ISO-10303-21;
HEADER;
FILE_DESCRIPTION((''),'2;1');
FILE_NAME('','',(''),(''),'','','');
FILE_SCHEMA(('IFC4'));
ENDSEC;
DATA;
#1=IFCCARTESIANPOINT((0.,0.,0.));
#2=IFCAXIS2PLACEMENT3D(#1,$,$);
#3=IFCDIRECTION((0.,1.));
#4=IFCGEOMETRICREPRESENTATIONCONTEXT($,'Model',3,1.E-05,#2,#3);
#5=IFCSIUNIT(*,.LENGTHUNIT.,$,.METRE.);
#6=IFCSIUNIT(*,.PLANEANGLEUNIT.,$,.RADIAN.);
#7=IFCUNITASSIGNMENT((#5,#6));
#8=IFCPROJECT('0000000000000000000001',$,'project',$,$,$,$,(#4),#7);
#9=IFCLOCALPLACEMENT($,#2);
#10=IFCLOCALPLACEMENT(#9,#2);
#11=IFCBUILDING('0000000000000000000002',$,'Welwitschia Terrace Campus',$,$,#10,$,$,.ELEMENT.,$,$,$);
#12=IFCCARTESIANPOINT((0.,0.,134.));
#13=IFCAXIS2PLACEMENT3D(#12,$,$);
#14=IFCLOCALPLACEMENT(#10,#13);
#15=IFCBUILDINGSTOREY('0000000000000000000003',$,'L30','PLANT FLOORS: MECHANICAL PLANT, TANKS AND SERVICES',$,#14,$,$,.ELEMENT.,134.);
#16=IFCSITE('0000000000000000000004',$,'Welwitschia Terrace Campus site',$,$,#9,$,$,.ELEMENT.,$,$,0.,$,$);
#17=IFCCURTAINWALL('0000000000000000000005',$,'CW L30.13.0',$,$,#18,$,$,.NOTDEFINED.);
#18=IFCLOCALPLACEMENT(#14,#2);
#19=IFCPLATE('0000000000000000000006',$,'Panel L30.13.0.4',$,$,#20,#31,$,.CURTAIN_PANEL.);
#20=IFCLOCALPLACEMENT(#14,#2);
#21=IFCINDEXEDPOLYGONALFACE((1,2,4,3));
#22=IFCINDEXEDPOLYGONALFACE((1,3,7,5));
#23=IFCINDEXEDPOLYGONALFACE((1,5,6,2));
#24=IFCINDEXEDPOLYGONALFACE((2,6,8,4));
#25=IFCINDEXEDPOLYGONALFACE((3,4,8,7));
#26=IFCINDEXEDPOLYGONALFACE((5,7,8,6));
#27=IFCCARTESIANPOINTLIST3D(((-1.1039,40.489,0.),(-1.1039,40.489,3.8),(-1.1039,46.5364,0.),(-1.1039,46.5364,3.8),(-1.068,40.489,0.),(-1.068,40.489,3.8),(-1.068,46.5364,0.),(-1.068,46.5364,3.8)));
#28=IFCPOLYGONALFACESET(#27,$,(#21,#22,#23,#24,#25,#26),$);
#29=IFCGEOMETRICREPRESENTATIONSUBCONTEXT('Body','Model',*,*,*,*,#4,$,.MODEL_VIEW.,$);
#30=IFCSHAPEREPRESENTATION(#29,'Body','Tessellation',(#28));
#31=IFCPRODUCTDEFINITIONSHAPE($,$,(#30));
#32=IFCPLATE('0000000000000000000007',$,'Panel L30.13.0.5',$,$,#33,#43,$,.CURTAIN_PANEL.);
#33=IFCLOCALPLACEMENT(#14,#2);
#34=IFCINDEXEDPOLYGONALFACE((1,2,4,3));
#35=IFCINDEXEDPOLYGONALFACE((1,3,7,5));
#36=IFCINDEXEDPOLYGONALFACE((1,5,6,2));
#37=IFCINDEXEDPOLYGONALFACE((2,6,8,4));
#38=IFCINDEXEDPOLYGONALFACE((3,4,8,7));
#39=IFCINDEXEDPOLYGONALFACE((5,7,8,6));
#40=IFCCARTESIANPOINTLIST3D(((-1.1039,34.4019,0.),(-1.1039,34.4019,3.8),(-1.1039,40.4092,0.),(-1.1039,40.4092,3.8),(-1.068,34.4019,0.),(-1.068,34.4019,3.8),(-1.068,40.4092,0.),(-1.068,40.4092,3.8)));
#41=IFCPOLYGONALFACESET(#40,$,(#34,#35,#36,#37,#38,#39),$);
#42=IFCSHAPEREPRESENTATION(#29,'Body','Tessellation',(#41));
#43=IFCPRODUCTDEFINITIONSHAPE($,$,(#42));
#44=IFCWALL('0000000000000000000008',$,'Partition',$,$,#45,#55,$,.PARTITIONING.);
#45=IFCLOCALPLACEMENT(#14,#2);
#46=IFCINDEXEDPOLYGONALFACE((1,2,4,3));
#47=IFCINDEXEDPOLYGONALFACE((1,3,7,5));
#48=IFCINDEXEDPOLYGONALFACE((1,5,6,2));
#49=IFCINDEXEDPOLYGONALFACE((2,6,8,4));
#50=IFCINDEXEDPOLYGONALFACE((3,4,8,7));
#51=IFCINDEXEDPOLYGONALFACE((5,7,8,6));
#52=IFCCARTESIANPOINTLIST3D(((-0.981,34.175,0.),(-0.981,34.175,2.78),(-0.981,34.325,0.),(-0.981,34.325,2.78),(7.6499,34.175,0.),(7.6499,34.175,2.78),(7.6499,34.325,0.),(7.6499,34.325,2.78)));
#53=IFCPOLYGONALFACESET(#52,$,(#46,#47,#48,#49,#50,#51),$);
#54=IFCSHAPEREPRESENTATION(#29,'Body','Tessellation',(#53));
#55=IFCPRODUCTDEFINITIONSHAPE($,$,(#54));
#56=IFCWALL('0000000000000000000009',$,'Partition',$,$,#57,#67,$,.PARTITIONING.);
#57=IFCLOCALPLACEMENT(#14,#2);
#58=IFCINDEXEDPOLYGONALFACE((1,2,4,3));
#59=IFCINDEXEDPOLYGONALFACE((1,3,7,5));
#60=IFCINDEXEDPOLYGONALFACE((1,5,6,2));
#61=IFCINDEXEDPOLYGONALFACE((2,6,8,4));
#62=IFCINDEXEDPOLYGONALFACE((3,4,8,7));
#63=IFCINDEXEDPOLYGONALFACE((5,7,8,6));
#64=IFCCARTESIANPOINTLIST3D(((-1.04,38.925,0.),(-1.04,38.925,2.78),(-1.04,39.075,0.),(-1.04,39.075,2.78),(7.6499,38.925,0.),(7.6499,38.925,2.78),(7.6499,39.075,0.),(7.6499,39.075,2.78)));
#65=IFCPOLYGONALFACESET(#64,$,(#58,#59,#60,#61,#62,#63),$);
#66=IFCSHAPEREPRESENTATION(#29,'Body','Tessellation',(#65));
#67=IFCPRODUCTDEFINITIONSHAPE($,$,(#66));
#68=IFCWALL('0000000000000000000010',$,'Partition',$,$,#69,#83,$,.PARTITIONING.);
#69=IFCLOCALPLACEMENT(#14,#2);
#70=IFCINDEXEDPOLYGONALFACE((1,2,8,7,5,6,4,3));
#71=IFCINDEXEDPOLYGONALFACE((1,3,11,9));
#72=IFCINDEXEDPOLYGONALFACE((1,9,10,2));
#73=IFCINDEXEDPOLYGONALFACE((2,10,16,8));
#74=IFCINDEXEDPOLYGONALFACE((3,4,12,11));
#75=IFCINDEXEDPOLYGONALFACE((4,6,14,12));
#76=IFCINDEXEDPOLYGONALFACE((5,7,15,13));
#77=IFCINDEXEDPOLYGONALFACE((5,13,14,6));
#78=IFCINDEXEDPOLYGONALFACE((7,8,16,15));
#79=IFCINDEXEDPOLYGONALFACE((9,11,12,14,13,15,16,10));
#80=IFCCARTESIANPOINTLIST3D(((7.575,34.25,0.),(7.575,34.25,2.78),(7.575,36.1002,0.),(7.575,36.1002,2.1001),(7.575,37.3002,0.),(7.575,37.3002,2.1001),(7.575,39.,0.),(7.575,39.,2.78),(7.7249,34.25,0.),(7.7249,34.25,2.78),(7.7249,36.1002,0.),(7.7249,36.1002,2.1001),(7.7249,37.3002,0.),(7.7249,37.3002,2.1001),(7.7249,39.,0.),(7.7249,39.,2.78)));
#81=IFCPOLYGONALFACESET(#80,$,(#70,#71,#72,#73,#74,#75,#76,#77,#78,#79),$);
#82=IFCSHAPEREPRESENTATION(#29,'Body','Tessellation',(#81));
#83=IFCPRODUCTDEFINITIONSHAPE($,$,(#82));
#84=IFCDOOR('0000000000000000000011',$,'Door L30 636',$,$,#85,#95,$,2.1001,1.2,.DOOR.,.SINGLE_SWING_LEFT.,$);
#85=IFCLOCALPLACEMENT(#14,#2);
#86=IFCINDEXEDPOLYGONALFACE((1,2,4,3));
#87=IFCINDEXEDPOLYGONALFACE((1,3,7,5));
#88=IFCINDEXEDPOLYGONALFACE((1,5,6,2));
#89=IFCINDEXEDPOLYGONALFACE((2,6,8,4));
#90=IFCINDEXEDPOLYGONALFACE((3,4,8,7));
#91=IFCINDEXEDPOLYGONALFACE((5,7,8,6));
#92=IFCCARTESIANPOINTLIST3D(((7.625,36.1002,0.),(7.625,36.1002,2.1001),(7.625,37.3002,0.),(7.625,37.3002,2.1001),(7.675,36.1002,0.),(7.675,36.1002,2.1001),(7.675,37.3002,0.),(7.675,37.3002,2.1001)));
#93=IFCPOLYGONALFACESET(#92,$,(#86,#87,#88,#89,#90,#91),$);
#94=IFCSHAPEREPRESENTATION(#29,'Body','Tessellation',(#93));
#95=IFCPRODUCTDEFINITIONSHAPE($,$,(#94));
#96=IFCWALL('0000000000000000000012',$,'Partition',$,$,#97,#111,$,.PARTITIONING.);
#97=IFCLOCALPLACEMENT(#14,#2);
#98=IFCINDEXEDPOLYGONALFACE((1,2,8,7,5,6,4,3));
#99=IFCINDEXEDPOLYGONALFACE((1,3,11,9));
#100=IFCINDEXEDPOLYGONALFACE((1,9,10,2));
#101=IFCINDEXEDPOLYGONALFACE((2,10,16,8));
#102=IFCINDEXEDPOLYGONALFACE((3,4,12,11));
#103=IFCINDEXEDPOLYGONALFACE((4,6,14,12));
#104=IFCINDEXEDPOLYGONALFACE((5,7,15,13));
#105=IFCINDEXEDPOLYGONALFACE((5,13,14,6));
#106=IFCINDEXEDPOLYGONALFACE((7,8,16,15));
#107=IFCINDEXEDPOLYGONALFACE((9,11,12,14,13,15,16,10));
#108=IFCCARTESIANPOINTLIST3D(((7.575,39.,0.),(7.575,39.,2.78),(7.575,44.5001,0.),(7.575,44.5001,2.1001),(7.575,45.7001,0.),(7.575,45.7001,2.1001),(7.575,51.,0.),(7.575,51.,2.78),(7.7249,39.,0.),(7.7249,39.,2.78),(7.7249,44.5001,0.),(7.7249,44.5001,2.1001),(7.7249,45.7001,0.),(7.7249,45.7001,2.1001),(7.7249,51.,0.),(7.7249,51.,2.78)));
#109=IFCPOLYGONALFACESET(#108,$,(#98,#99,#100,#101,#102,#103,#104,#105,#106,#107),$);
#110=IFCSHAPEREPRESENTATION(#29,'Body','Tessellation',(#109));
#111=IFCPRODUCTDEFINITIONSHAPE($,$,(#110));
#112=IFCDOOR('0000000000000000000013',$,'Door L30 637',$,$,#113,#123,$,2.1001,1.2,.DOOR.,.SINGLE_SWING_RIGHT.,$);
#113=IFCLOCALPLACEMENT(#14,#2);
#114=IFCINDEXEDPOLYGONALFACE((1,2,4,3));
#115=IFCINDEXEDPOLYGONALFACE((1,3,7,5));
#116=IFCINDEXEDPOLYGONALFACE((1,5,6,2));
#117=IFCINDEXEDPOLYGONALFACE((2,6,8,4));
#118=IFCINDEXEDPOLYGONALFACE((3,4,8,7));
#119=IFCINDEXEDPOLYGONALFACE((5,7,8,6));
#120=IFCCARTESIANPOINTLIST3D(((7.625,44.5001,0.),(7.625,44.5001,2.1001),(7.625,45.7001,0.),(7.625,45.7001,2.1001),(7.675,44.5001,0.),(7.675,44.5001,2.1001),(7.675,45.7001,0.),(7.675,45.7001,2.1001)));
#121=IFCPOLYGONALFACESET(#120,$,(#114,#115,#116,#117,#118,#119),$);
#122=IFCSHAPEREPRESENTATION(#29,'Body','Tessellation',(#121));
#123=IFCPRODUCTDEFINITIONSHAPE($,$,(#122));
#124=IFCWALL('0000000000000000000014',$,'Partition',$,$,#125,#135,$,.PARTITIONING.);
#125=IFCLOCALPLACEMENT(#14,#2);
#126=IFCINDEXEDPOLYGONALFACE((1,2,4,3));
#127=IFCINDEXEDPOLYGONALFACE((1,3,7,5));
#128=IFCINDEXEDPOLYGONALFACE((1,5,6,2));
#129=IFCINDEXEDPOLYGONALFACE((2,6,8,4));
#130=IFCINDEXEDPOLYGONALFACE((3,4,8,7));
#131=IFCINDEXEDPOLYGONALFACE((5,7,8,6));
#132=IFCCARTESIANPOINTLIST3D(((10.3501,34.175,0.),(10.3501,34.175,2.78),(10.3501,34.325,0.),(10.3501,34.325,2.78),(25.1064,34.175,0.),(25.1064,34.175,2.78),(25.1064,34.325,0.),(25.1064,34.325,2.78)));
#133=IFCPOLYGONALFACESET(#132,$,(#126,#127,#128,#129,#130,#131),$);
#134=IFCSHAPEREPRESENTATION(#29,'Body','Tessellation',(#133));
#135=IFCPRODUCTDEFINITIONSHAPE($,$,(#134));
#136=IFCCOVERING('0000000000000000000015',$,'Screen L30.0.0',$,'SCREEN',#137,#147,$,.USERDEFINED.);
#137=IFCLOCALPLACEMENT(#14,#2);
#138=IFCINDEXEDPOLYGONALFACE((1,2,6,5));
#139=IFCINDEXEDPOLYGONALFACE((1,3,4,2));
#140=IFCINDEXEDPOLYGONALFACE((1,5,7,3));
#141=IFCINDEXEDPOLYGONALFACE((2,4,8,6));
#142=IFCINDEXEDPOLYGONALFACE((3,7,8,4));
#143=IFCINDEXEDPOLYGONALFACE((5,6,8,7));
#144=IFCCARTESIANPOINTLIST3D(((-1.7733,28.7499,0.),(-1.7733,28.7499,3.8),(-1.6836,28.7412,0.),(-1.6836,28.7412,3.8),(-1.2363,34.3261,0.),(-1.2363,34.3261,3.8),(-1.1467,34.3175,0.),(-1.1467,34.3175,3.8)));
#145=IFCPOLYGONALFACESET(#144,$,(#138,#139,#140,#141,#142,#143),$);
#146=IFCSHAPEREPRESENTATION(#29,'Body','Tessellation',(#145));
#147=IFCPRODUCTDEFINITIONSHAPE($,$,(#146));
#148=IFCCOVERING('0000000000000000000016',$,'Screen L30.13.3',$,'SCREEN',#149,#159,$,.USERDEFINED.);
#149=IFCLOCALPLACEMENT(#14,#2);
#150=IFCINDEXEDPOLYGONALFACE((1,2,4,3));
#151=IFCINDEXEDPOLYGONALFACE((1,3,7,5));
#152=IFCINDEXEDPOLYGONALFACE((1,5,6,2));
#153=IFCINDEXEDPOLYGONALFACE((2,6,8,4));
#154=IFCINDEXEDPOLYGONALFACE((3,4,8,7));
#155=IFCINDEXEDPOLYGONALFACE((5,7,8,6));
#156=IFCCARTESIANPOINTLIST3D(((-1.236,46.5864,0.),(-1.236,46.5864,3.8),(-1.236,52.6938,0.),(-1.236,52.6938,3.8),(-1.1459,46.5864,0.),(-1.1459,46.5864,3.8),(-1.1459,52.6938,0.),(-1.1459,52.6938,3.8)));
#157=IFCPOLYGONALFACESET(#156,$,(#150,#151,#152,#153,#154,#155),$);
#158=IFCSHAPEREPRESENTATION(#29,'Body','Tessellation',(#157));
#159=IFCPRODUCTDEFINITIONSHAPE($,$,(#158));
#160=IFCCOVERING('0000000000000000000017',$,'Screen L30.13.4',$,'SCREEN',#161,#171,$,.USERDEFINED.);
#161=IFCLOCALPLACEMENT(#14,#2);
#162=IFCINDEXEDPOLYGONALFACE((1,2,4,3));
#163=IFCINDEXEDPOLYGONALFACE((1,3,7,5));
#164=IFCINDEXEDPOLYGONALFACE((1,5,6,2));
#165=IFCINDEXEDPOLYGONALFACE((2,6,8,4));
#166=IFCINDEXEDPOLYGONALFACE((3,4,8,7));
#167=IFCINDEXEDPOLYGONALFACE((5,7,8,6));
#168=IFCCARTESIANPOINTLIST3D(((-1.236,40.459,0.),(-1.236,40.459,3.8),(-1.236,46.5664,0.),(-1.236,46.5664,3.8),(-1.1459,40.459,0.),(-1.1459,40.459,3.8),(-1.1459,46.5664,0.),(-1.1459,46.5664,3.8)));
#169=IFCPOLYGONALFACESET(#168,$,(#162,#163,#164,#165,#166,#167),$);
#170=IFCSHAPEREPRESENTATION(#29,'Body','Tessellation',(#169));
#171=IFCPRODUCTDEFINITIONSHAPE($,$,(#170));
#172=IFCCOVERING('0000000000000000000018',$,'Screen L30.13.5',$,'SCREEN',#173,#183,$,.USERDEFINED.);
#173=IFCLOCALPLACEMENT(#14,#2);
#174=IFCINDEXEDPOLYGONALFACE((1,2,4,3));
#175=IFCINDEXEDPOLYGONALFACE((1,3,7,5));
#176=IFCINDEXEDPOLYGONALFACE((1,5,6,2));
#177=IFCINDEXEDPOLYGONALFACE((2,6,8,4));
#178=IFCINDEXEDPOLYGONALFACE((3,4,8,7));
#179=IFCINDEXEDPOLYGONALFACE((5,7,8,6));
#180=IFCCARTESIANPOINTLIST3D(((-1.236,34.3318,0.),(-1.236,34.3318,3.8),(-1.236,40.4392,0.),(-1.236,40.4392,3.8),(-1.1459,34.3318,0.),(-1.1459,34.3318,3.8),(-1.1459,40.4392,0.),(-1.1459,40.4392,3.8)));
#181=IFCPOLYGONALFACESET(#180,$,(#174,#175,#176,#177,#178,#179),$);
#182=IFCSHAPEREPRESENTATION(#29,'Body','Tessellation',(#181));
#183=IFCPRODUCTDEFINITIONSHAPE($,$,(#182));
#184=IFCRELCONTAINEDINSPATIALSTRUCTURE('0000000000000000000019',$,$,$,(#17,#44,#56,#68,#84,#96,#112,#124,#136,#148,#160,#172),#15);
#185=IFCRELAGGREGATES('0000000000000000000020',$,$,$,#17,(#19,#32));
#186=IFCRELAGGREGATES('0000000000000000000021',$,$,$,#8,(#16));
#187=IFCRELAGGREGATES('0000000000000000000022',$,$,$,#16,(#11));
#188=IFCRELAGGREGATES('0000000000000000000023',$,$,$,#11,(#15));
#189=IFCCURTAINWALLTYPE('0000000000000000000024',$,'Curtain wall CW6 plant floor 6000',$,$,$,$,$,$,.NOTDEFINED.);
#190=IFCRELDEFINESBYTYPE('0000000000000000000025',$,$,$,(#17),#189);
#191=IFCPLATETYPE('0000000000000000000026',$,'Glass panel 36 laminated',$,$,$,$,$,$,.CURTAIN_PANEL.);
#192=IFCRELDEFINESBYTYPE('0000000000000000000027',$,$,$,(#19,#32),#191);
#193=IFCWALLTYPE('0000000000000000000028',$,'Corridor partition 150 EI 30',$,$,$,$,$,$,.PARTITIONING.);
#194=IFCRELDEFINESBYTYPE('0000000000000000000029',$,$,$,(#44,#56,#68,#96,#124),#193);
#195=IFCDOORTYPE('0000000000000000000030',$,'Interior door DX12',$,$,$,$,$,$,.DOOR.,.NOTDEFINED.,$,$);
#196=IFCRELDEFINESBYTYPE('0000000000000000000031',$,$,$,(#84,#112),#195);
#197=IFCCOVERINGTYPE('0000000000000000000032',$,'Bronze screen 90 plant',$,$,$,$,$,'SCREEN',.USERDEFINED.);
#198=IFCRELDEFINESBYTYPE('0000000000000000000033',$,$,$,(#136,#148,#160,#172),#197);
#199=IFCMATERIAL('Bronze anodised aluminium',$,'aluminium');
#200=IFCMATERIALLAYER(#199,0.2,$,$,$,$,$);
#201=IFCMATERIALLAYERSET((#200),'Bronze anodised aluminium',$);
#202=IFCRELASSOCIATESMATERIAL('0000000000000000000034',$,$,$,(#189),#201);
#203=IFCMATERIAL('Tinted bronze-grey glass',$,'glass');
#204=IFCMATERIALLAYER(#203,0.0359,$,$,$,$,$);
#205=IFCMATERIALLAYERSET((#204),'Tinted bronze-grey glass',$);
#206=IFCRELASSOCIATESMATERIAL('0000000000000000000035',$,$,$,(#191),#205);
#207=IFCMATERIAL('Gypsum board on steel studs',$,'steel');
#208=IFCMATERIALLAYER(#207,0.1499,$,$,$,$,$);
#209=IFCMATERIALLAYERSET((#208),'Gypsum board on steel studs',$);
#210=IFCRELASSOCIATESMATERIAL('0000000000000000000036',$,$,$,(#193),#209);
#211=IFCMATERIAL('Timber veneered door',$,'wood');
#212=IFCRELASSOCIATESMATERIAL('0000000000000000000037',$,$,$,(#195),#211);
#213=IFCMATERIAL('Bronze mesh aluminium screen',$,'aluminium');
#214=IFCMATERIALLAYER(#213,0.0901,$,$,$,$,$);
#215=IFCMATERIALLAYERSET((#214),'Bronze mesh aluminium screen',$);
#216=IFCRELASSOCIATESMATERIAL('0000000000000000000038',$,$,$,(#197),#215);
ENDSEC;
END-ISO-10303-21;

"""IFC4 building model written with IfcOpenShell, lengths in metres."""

from ifc_helpers import new_model, si_unit, direction, frame, frame_2d, origin, origin_2d, place, context, subcontext, project, spatial, rectangle, extrude, material, layer, layer_set, type_object, element, fill, aggregate, save


model = new_model("IFC4")

# Units and contexts
model_context = context("Model", 3, precision=1e-05, world=origin(), true_north=direction((0.0, 1.0)))
body_context = subcontext(model_context, "Body", "Model", "MODEL_VIEW")
ifc_project = project(units=[si_unit("LENGTHUNIT", "METRE"), si_unit("PLANEANGLEUNIT", "RADIAN")], contexts=[model_context])

# Site, building, storey
site_placement = place(None, origin())
site = spatial("IfcSite", under=ifc_project, at=site_placement, Name="Welwitschia Terrace Campus site", CompositionType="ELEMENT", RefElevation=0.0)
building_placement = place(site_placement, origin())
building = spatial("IfcBuilding", under=site, at=building_placement, Name="Welwitschia Terrace Campus", CompositionType="ELEMENT")
storey_placement = place(building_placement, frame((0.0, 0.0, 134.0)))
storey = spatial("IfcBuildingStorey", under=building, at=storey_placement, Name="L30", Description="PLANT FLOORS: MECHANICAL PLANT, TANKS AND SERVICES", CompositionType="ELEMENT", Elevation=134.0)

# Shared definitions
ifc_material_1 = material(Name="Bronze anodised aluminium", Category="aluminium")
ifc_layer_1 = layer(ifc_material_1, 0.2)
ifc_layer_set_1 = layer_set([ifc_layer_1], Name="Bronze anodised aluminium")
curtain_wall_type = type_object("IfcCurtainWallType", Name="Curtain wall CW6 plant floor 6000", PredefinedType="NOTDEFINED", material=ifc_layer_set_1)

# Curtain wall
curtain_wall_1_placement = place(storey_placement, origin())
curtain_wall_1 = element("IfcCurtainWall", 1, at=curtain_wall_1_placement, inside=storey, type_object=curtain_wall_type, Name="CW L30.13.0", PredefinedType="NOTDEFINED")

# Plates
ifc_material_2 = material(Name="Tinted bronze-grey glass", Category="glass")
ifc_layer_2 = layer(ifc_material_2, 0.0359)
ifc_layer_set_2 = layer_set([ifc_layer_2], Name="Tinted bronze-grey glass")
plate_type = type_object("IfcPlateType", Name="Glass panel 36 laminated", PredefinedType="CURTAIN_PANEL", material=ifc_layer_set_2)
plate_1_placement = place(storey_placement, frame((-1.0859, 43.5127, 0.0), z_axis=(0.0, 0.0, 1.0), x_axis=(0.0, -1.0, 0.0)))
plate_1 = element("IfcPlate", 2, at=plate_1_placement, type_object=plate_type, Name="Panel L30.13.0.4", PredefinedType="CURTAIN_PANEL", context=body_context, shape_type="SweptSolid", body=[
    extrude(rectangle(XDim=6.0474, YDim=0.0359, at=origin_2d()), origin(), (0.0, 0.0, 1.0), 3.8),
])
plate_2_placement = place(storey_placement, frame((-1.0859, 37.4055, 0.0), z_axis=(0.0, 0.0, 1.0), x_axis=(0.0, -1.0, 0.0)))
plate_2 = element("IfcPlate", 3, at=plate_2_placement, type_object=plate_type, Name="Panel L30.13.0.5", PredefinedType="CURTAIN_PANEL", context=body_context, shape_type="SweptSolid", body=[
    extrude(rectangle(XDim=6.0073, YDim=0.0359, at=origin_2d()), origin(), (0.0, 0.0, 1.0), 3.8),
])
aggregate(curtain_wall_1, [plate_1, plate_2])

# Walls
ifc_material_3 = material(Name="Gypsum board on steel studs", Category="steel")
ifc_layer_3 = layer(ifc_material_3, 0.1499)
ifc_layer_set_3 = layer_set([ifc_layer_3], Name="Gypsum board on steel studs")
wall_type = type_object("IfcWallType", Name="Corridor partition 150 EI 30", PredefinedType="PARTITIONING", material=ifc_layer_set_3)
wall_1_placement = place(storey_placement, frame((-0.981, 34.25, 0.0), z_axis=(0.0, 0.0, 1.0), x_axis=(1.0, 0.0, 0.0)))
element("IfcWall", 4, at=wall_1_placement, inside=storey, type_object=wall_type, Name="Partition", PredefinedType="PARTITIONING", context=body_context, shape_type="SweptSolid", body=[
    extrude(rectangle(XDim=8.6309, YDim=0.1499, at=frame_2d((4.3154, 0.0))), origin(), (0.0, 0.0, 1.0), 2.78),
])
wall_2_placement = place(storey_placement, frame((-1.04, 39.0, 0.0), z_axis=(0.0, 0.0, 1.0), x_axis=(1.0, 0.0, 0.0)))
element("IfcWall", 5, at=wall_2_placement, inside=storey, type_object=wall_type, Name="Partition", PredefinedType="PARTITIONING", context=body_context, shape_type="SweptSolid", body=[
    extrude(rectangle(XDim=8.6899, YDim=0.1499, at=frame_2d((4.345, 0.0))), origin(), (0.0, 0.0, 1.0), 2.78),
])

# Walls, openings, doors
wall_3_placement = place(storey_placement, frame((7.6499, 34.25, 0.0), z_axis=(0.0, 0.0, 1.0), x_axis=(0.0, 1.0, 0.0)))
wall_3 = element("IfcWall", 6, at=wall_3_placement, inside=storey, type_object=wall_type, Name="Partition", PredefinedType="PARTITIONING", context=body_context, shape_type="SweptSolid", body=[
    extrude(rectangle(XDim=4.75, YDim=0.1499, at=frame_2d((2.375, 0.0))), origin(), (0.0, 0.0, 1.0), 2.78),
])
opening_1_placement = place(wall_3_placement, frame((1.8501, 0.0, 0.0)))
opening_1 = element("IfcOpeningElement", 7, at=opening_1_placement, cuts=wall_3, PredefinedType="OPENING", context=body_context, shape_type="SweptSolid", body=[
    extrude(rectangle(XDim=1.2, YDim=2.1001, at=frame_2d((0.6001, 1.05))), frame((0.0, 0.085, 0.0), z_axis=(0.0, -1.0, 0.0), x_axis=(1.0, 0.0, 0.0)), (0.0, 0.0, 1.0), 0.1699),
])
ifc_material_4 = material(Name="Timber veneered door", Category="wood")
door_type = type_object("IfcDoorType", Name="Interior door DX12", OperationType="NOTDEFINED", PredefinedType="DOOR", material=ifc_material_4)
door_1_placement = place(opening_1_placement, origin())
door_1 = element("IfcDoor", 8, at=door_1_placement, inside=storey, type_object=door_type, Name="Door L30 636", OperationType="SINGLE_SWING_LEFT", OverallHeight=2.1001, OverallWidth=1.2, PredefinedType="DOOR", context=body_context, shape_type="SweptSolid", body=[
    extrude(rectangle(XDim=1.2, YDim=2.1001, at=frame_2d((0.6001, 1.05))), frame((0.0, 0.0249, 0.0), z_axis=(0.0, -1.0, 0.0), x_axis=(1.0, 0.0, 0.0)), (0.0, 0.0, 1.0), 0.05),
])
fill(opening_1, door_1)
wall_4_placement = place(storey_placement, frame((7.6499, 39.0, 0.0), z_axis=(0.0, 0.0, 1.0), x_axis=(0.0, 1.0, 0.0)))
wall_4 = element("IfcWall", 9, at=wall_4_placement, inside=storey, type_object=wall_type, Name="Partition", PredefinedType="PARTITIONING", context=body_context, shape_type="SweptSolid", body=[
    extrude(rectangle(XDim=12.0, YDim=0.1499, at=frame_2d((6.0, 0.0))), origin(), (0.0, 0.0, 1.0), 2.78),
])
opening_2_placement = place(wall_4_placement, frame((5.5, 0.0, 0.0)))
opening_2 = element("IfcOpeningElement", 10, at=opening_2_placement, cuts=wall_4, PredefinedType="OPENING", context=body_context, shape_type="SweptSolid", body=[
    extrude(rectangle(XDim=1.2, YDim=2.1001, at=frame_2d((0.6001, 1.05))), frame((0.0, 0.085, 0.0), z_axis=(0.0, -1.0, 0.0), x_axis=(1.0, 0.0, 0.0)), (0.0, 0.0, 1.0), 0.1699),
])
door_2_placement = place(opening_2_placement, origin())
door_2 = element("IfcDoor", 11, at=door_2_placement, inside=storey, type_object=door_type, Name="Door L30 637", OperationType="SINGLE_SWING_RIGHT", OverallHeight=2.1001, OverallWidth=1.2, PredefinedType="DOOR", context=body_context, shape_type="SweptSolid", body=[
    extrude(rectangle(XDim=1.2, YDim=2.1001, at=frame_2d((0.6001, 1.05))), frame((0.0, 0.0249, 0.0), z_axis=(0.0, -1.0, 0.0), x_axis=(1.0, 0.0, 0.0)), (0.0, 0.0, 1.0), 0.05),
])
fill(opening_2, door_2)

# Wall
wall_5_placement = place(storey_placement, frame((10.3501, 34.25, 0.0), z_axis=(0.0, 0.0, 1.0), x_axis=(1.0, 0.0, 0.0)))
element("IfcWall", 12, at=wall_5_placement, inside=storey, type_object=wall_type, Name="Partition", PredefinedType="PARTITIONING", context=body_context, shape_type="SweptSolid", body=[
    extrude(rectangle(XDim=14.7563, YDim=0.1499, at=frame_2d((7.3782, 0.0))), origin(), (0.0, 0.0, 1.0), 2.78),
])

# Coverings
ifc_material_5 = material(Name="Bronze mesh aluminium screen", Category="aluminium")
ifc_layer_4 = layer(ifc_material_5, 0.0901)
ifc_layer_set_4 = layer_set([ifc_layer_4], Name="Bronze mesh aluminium screen")
covering_type = type_object("IfcCoveringType", Name="Bronze screen 90 plant", ElementType="SCREEN", PredefinedType="USERDEFINED", material=ifc_layer_set_4)
covering_placement = place(storey_placement, frame((-1.46, 31.5337, 0.0), z_axis=(0.0, 0.0, 1.0), x_axis=(-0.095846, -0.995396, 0.0)))
element("IfcCovering", 13, at=covering_placement, inside=storey, type_object=covering_type, Name="Screen L30.0.0", ObjectType="SCREEN", PredefinedType="USERDEFINED", context=body_context, shape_type="SweptSolid", body=[
    extrude(rectangle(XDim=5.6021, YDim=0.0901, at=origin_2d()), origin(), (0.0, 0.0, 1.0), 3.8),
])
for number, where, z_axis, x_axis, name in (
    (14, (-1.1909, 49.6401, 0.0), (0.0, 0.0, 1.0), (0.0, -1.0, 0.0), "Screen L30.13.3"),
    (15, (-1.1909, 43.5127, 0.0), (0.0, 0.0, 1.0), (0.0, -1.0, 0.0), "Screen L30.13.4"),
    (16, (-1.1909, 37.3855, 0.0), (0.0, 0.0, 1.0), (0.0, -1.0, 0.0), "Screen L30.13.5"),
):
    element("IfcCovering", number, at=place(storey_placement, frame(where, z_axis=z_axis, x_axis=x_axis)), inside=storey, type_object=covering_type, Name=name, ObjectType="SCREEN", PredefinedType="USERDEFINED", context=body_context, shape_type="SweptSolid", body=[
        extrude(rectangle(XDim=6.1074, YDim=0.0901, at=origin_2d()), origin(), (0.0, 0.0, 1.0), 3.8),
    ])

save(model, "model.ifc")
